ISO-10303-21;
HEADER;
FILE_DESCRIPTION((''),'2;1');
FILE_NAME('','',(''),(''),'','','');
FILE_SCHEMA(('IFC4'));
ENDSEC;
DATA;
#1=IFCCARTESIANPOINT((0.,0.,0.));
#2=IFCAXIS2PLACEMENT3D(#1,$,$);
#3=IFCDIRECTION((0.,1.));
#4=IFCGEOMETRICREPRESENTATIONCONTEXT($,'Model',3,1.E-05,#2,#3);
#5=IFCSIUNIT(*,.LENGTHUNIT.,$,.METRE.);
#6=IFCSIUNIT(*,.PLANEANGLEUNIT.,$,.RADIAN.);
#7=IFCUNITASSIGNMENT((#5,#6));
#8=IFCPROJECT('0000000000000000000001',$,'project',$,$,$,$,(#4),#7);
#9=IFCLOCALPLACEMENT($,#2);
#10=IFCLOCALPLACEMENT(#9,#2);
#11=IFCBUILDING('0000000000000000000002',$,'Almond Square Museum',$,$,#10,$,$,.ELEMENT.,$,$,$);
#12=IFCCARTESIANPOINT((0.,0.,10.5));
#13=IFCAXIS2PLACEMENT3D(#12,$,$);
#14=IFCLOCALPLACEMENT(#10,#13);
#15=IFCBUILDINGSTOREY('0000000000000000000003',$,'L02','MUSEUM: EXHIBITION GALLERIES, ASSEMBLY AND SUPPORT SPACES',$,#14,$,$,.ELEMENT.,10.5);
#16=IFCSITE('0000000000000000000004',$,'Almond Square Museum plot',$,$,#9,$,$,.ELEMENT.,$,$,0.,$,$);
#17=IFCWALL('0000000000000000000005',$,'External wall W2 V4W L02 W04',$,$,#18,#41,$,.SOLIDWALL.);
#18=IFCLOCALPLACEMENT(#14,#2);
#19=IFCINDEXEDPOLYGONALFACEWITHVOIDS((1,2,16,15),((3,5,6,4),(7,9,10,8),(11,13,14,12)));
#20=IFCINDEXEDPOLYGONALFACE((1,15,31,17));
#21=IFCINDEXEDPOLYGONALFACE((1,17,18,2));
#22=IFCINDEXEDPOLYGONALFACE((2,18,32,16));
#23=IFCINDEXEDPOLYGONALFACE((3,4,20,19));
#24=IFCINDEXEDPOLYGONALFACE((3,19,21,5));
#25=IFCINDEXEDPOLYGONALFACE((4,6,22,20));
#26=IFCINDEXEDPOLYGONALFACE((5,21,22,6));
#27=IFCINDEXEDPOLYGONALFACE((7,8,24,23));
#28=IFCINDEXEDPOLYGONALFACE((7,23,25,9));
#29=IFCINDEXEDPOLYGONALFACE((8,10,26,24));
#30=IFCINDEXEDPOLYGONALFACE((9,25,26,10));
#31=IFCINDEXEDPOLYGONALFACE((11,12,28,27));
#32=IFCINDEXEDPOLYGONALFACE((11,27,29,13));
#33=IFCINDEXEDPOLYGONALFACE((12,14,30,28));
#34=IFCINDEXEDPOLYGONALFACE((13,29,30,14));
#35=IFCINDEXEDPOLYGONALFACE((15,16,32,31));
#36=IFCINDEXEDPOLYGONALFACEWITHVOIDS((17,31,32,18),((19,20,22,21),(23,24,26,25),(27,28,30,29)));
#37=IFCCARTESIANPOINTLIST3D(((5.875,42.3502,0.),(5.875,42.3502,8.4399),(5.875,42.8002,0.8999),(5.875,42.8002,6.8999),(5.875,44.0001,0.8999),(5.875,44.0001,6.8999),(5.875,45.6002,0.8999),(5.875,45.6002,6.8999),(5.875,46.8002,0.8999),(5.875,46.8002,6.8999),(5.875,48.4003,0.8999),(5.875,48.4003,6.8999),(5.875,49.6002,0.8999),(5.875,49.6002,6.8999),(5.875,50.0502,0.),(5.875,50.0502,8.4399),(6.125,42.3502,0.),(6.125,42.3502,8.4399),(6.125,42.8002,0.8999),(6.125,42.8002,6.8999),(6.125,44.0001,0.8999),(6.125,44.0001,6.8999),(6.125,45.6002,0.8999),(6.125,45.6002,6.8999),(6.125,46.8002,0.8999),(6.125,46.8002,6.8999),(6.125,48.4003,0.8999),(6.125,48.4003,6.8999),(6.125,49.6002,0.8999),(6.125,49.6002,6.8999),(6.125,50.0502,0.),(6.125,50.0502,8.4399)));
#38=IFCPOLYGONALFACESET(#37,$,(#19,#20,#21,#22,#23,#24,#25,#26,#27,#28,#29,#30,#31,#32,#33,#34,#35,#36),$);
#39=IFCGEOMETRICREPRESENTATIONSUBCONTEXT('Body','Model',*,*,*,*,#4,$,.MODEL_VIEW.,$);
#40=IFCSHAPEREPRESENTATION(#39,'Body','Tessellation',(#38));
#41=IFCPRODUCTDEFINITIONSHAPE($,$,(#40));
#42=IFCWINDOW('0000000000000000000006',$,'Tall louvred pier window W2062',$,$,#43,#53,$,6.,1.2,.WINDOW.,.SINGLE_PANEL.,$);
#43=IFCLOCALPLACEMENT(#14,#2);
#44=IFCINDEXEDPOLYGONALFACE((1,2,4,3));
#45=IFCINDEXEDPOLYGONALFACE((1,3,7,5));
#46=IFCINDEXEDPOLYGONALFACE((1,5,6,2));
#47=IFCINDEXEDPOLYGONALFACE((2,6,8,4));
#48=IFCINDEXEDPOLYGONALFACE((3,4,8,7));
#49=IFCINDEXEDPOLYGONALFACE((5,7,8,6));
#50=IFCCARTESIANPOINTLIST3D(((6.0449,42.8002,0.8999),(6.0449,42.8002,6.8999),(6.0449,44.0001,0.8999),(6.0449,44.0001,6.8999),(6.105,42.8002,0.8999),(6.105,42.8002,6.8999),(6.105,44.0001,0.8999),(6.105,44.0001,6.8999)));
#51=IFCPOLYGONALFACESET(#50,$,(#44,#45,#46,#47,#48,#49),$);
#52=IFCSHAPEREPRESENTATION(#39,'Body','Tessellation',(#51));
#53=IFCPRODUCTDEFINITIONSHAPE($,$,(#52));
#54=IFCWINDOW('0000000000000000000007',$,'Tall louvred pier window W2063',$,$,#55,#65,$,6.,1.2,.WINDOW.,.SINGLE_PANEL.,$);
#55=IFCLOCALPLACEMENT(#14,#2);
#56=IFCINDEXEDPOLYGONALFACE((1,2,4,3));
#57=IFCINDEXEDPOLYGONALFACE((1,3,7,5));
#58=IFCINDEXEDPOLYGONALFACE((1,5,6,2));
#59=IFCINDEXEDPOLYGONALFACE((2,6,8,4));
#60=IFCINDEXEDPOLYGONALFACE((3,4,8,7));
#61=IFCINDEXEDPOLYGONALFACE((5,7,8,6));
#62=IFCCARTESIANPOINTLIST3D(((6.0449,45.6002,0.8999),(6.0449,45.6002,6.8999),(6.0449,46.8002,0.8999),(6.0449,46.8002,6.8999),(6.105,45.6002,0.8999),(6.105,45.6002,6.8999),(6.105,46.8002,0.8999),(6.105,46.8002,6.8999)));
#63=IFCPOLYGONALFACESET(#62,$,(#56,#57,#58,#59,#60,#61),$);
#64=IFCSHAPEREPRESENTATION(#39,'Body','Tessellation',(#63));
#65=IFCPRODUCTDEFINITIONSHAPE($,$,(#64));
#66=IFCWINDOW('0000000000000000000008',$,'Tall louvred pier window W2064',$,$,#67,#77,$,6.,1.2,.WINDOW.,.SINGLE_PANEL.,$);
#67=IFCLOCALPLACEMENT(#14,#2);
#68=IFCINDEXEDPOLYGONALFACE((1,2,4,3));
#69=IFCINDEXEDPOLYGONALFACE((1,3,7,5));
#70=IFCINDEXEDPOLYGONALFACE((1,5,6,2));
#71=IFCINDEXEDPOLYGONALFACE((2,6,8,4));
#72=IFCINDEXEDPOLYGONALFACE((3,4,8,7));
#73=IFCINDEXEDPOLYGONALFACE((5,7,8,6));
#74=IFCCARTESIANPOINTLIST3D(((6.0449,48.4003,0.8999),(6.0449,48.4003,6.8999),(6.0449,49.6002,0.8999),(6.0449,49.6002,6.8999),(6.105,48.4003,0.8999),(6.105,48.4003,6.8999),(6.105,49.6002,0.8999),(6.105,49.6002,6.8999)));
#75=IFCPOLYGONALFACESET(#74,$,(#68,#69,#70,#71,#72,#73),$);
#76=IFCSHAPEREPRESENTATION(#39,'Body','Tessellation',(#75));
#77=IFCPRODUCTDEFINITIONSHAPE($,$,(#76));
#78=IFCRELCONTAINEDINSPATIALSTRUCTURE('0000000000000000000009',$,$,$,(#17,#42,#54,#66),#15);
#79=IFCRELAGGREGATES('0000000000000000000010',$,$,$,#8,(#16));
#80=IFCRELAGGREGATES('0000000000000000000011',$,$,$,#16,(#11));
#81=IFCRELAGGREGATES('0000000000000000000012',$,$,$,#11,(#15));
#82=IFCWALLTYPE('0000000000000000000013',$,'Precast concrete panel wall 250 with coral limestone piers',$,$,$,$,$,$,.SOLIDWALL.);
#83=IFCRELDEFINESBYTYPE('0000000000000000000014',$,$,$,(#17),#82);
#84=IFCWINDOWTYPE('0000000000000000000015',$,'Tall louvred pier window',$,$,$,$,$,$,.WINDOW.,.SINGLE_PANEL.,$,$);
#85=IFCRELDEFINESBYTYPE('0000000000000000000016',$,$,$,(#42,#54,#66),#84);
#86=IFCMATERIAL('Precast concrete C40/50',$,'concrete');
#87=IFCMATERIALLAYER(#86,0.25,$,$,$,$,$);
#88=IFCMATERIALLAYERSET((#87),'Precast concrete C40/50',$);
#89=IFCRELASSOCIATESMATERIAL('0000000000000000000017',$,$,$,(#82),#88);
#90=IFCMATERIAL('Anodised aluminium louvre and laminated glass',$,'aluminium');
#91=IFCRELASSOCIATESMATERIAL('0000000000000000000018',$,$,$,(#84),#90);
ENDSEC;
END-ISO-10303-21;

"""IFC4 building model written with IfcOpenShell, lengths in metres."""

from ifc_helpers import new_model, si_unit, direction, frame, frame_2d, origin, place, context, subcontext, project, spatial, rectangle, extrude, material, layer, layer_set, type_object, element, fill, save


model = new_model("IFC4")

# Units and contexts
model_context = context("Model", 3, precision=1e-05, world=origin(), true_north=direction((0.0, 1.0)))
body_context = subcontext(model_context, "Body", "Model", "MODEL_VIEW")
ifc_project = project(units=[si_unit("LENGTHUNIT", "METRE"), si_unit("PLANEANGLEUNIT", "RADIAN")], contexts=[model_context])

# Site, building, storey
site_placement = place(None, origin())
site = spatial("IfcSite", under=ifc_project, at=site_placement, Name="Almond Square Museum plot", CompositionType="ELEMENT", RefElevation=0.0)
building_placement = place(site_placement, origin())
building = spatial("IfcBuilding", under=site, at=building_placement, Name="Almond Square Museum", CompositionType="ELEMENT")
storey_placement = place(building_placement, frame((0.0, 0.0, 10.5)))
storey = spatial("IfcBuildingStorey", under=building, at=storey_placement, Name="L02", Description="MUSEUM: EXHIBITION GALLERIES, ASSEMBLY AND SUPPORT SPACES", CompositionType="ELEMENT", Elevation=10.5)

# Wall, openings, windows
ifc_material_1 = material(Name="Precast concrete C40/50", Category="concrete")
ifc_layer = layer(ifc_material_1, 0.25)
ifc_layer_set = layer_set([ifc_layer], Name="Precast concrete C40/50")
wall_type = type_object("IfcWallType", Name="Precast concrete panel wall 250 with coral limestone piers", PredefinedType="SOLIDWALL", material=ifc_layer_set)
ifc_material_2 = material(Name="Anodised aluminium louvre and laminated glass", Category="aluminium")
window_type = type_object("IfcWindowType", Name="Tall louvred pier window", PartitioningType="SINGLE_PANEL", PredefinedType="WINDOW", material=ifc_material_2)
wall_1_placement = place(storey_placement, frame((6.0, 42.3501, 0.0), z_axis=(0.0, 0.0, 1.0), x_axis=(0.0, 1.0, 0.0)))
wall_1 = element("IfcWall", 1, at=wall_1_placement, inside=storey, type_object=wall_type, Name="External wall W2 V4W L02 W04", PredefinedType="SOLIDWALL", context=body_context, shape_type="SweptSolid", body=[
    extrude(rectangle(XDim=7.7, YDim=0.25, at=frame_2d((3.8501, 0.0))), origin(), (0.0, 0.0, 1.0), 8.4399),
])
opening_1_placement = place(wall_1_placement, frame((0.45, 0.0, 0.8999)))
opening_1 = element("IfcOpeningElement", 2, at=opening_1_placement, cuts=wall_1, PredefinedType="OPENING", context=body_context, shape_type="SweptSolid", body=[
    extrude(rectangle(XDim=1.2, YDim=6.0, at=frame_2d((0.6001, 3.0))), frame((0.0, 0.135, 0.0), z_axis=(0.0, -1.0, 0.0), x_axis=(1.0, 0.0, 0.0)), (0.0, 0.0, 1.0), 0.27),
])
opening_2_placement = place(wall_1_placement, frame((3.25, 0.0, 0.8999)))
opening_2 = element("IfcOpeningElement", 3, at=opening_2_placement, cuts=wall_1, PredefinedType="OPENING", context=body_context, shape_type="SweptSolid", body=[
    extrude(rectangle(XDim=1.2, YDim=6.0, at=frame_2d((0.6001, 3.0))), frame((0.0, 0.135, 0.0), z_axis=(0.0, -1.0, 0.0), x_axis=(1.0, 0.0, 0.0)), (0.0, 0.0, 1.0), 0.27),
])
opening_3_placement = place(wall_1_placement, frame((6.05, 0.0, 0.8999)))
opening_3 = element("IfcOpeningElement", 4, at=opening_3_placement, cuts=wall_1, PredefinedType="OPENING", context=body_context, shape_type="SweptSolid", body=[
    extrude(rectangle(XDim=1.2, YDim=6.0, at=frame_2d((0.6001, 3.0))), frame((0.0, 0.135, 0.0), z_axis=(0.0, -1.0, 0.0), x_axis=(1.0, 0.0, 0.0)), (0.0, 0.0, 1.0), 0.27),
])
window_1_placement = place(opening_1_placement, origin())
window_1 = element("IfcWindow", 5, at=window_1_placement, inside=storey, type_object=window_type, Name="Tall louvred pier window W2062", OverallHeight=6.0, OverallWidth=1.2, PartitioningType="SINGLE_PANEL", PredefinedType="WINDOW", context=body_context, shape_type="SweptSolid", body=[
    extrude(rectangle(XDim=1.2, YDim=6.0, at=frame_2d((0.6001, 3.0))), frame((0.0, -0.0449, 0.0), z_axis=(0.0, -1.0, 0.0), x_axis=(1.0, 0.0, 0.0)), (0.0, 0.0, 1.0), 0.0601),
])
fill(opening_1, window_1)
window_2_placement = place(opening_2_placement, origin())
window_2 = element("IfcWindow", 6, at=window_2_placement, inside=storey, type_object=window_type, Name="Tall louvred pier window W2063", OverallHeight=6.0, OverallWidth=1.2, PartitioningType="SINGLE_PANEL", PredefinedType="WINDOW", context=body_context, shape_type="SweptSolid", body=[
    extrude(rectangle(XDim=1.2, YDim=6.0, at=frame_2d((0.6001, 3.0))), frame((0.0, -0.0449, 0.0), z_axis=(0.0, -1.0, 0.0), x_axis=(1.0, 0.0, 0.0)), (0.0, 0.0, 1.0), 0.0601),
])
fill(opening_2, window_2)
window_3_placement = place(opening_3_placement, origin())
window_3 = element("IfcWindow", 7, at=window_3_placement, inside=storey, type_object=window_type, Name="Tall louvred pier window W2064", OverallHeight=6.0, OverallWidth=1.2, PartitioningType="SINGLE_PANEL", PredefinedType="WINDOW", context=body_context, shape_type="SweptSolid", body=[
    extrude(rectangle(XDim=1.2, YDim=6.0, at=frame_2d((0.6001, 3.0))), frame((0.0, -0.0449, 0.0), z_axis=(0.0, -1.0, 0.0), x_axis=(1.0, 0.0, 0.0)), (0.0, 0.0, 1.0), 0.0601),
])
fill(opening_3, window_3)

save(model, "model.ifc")
